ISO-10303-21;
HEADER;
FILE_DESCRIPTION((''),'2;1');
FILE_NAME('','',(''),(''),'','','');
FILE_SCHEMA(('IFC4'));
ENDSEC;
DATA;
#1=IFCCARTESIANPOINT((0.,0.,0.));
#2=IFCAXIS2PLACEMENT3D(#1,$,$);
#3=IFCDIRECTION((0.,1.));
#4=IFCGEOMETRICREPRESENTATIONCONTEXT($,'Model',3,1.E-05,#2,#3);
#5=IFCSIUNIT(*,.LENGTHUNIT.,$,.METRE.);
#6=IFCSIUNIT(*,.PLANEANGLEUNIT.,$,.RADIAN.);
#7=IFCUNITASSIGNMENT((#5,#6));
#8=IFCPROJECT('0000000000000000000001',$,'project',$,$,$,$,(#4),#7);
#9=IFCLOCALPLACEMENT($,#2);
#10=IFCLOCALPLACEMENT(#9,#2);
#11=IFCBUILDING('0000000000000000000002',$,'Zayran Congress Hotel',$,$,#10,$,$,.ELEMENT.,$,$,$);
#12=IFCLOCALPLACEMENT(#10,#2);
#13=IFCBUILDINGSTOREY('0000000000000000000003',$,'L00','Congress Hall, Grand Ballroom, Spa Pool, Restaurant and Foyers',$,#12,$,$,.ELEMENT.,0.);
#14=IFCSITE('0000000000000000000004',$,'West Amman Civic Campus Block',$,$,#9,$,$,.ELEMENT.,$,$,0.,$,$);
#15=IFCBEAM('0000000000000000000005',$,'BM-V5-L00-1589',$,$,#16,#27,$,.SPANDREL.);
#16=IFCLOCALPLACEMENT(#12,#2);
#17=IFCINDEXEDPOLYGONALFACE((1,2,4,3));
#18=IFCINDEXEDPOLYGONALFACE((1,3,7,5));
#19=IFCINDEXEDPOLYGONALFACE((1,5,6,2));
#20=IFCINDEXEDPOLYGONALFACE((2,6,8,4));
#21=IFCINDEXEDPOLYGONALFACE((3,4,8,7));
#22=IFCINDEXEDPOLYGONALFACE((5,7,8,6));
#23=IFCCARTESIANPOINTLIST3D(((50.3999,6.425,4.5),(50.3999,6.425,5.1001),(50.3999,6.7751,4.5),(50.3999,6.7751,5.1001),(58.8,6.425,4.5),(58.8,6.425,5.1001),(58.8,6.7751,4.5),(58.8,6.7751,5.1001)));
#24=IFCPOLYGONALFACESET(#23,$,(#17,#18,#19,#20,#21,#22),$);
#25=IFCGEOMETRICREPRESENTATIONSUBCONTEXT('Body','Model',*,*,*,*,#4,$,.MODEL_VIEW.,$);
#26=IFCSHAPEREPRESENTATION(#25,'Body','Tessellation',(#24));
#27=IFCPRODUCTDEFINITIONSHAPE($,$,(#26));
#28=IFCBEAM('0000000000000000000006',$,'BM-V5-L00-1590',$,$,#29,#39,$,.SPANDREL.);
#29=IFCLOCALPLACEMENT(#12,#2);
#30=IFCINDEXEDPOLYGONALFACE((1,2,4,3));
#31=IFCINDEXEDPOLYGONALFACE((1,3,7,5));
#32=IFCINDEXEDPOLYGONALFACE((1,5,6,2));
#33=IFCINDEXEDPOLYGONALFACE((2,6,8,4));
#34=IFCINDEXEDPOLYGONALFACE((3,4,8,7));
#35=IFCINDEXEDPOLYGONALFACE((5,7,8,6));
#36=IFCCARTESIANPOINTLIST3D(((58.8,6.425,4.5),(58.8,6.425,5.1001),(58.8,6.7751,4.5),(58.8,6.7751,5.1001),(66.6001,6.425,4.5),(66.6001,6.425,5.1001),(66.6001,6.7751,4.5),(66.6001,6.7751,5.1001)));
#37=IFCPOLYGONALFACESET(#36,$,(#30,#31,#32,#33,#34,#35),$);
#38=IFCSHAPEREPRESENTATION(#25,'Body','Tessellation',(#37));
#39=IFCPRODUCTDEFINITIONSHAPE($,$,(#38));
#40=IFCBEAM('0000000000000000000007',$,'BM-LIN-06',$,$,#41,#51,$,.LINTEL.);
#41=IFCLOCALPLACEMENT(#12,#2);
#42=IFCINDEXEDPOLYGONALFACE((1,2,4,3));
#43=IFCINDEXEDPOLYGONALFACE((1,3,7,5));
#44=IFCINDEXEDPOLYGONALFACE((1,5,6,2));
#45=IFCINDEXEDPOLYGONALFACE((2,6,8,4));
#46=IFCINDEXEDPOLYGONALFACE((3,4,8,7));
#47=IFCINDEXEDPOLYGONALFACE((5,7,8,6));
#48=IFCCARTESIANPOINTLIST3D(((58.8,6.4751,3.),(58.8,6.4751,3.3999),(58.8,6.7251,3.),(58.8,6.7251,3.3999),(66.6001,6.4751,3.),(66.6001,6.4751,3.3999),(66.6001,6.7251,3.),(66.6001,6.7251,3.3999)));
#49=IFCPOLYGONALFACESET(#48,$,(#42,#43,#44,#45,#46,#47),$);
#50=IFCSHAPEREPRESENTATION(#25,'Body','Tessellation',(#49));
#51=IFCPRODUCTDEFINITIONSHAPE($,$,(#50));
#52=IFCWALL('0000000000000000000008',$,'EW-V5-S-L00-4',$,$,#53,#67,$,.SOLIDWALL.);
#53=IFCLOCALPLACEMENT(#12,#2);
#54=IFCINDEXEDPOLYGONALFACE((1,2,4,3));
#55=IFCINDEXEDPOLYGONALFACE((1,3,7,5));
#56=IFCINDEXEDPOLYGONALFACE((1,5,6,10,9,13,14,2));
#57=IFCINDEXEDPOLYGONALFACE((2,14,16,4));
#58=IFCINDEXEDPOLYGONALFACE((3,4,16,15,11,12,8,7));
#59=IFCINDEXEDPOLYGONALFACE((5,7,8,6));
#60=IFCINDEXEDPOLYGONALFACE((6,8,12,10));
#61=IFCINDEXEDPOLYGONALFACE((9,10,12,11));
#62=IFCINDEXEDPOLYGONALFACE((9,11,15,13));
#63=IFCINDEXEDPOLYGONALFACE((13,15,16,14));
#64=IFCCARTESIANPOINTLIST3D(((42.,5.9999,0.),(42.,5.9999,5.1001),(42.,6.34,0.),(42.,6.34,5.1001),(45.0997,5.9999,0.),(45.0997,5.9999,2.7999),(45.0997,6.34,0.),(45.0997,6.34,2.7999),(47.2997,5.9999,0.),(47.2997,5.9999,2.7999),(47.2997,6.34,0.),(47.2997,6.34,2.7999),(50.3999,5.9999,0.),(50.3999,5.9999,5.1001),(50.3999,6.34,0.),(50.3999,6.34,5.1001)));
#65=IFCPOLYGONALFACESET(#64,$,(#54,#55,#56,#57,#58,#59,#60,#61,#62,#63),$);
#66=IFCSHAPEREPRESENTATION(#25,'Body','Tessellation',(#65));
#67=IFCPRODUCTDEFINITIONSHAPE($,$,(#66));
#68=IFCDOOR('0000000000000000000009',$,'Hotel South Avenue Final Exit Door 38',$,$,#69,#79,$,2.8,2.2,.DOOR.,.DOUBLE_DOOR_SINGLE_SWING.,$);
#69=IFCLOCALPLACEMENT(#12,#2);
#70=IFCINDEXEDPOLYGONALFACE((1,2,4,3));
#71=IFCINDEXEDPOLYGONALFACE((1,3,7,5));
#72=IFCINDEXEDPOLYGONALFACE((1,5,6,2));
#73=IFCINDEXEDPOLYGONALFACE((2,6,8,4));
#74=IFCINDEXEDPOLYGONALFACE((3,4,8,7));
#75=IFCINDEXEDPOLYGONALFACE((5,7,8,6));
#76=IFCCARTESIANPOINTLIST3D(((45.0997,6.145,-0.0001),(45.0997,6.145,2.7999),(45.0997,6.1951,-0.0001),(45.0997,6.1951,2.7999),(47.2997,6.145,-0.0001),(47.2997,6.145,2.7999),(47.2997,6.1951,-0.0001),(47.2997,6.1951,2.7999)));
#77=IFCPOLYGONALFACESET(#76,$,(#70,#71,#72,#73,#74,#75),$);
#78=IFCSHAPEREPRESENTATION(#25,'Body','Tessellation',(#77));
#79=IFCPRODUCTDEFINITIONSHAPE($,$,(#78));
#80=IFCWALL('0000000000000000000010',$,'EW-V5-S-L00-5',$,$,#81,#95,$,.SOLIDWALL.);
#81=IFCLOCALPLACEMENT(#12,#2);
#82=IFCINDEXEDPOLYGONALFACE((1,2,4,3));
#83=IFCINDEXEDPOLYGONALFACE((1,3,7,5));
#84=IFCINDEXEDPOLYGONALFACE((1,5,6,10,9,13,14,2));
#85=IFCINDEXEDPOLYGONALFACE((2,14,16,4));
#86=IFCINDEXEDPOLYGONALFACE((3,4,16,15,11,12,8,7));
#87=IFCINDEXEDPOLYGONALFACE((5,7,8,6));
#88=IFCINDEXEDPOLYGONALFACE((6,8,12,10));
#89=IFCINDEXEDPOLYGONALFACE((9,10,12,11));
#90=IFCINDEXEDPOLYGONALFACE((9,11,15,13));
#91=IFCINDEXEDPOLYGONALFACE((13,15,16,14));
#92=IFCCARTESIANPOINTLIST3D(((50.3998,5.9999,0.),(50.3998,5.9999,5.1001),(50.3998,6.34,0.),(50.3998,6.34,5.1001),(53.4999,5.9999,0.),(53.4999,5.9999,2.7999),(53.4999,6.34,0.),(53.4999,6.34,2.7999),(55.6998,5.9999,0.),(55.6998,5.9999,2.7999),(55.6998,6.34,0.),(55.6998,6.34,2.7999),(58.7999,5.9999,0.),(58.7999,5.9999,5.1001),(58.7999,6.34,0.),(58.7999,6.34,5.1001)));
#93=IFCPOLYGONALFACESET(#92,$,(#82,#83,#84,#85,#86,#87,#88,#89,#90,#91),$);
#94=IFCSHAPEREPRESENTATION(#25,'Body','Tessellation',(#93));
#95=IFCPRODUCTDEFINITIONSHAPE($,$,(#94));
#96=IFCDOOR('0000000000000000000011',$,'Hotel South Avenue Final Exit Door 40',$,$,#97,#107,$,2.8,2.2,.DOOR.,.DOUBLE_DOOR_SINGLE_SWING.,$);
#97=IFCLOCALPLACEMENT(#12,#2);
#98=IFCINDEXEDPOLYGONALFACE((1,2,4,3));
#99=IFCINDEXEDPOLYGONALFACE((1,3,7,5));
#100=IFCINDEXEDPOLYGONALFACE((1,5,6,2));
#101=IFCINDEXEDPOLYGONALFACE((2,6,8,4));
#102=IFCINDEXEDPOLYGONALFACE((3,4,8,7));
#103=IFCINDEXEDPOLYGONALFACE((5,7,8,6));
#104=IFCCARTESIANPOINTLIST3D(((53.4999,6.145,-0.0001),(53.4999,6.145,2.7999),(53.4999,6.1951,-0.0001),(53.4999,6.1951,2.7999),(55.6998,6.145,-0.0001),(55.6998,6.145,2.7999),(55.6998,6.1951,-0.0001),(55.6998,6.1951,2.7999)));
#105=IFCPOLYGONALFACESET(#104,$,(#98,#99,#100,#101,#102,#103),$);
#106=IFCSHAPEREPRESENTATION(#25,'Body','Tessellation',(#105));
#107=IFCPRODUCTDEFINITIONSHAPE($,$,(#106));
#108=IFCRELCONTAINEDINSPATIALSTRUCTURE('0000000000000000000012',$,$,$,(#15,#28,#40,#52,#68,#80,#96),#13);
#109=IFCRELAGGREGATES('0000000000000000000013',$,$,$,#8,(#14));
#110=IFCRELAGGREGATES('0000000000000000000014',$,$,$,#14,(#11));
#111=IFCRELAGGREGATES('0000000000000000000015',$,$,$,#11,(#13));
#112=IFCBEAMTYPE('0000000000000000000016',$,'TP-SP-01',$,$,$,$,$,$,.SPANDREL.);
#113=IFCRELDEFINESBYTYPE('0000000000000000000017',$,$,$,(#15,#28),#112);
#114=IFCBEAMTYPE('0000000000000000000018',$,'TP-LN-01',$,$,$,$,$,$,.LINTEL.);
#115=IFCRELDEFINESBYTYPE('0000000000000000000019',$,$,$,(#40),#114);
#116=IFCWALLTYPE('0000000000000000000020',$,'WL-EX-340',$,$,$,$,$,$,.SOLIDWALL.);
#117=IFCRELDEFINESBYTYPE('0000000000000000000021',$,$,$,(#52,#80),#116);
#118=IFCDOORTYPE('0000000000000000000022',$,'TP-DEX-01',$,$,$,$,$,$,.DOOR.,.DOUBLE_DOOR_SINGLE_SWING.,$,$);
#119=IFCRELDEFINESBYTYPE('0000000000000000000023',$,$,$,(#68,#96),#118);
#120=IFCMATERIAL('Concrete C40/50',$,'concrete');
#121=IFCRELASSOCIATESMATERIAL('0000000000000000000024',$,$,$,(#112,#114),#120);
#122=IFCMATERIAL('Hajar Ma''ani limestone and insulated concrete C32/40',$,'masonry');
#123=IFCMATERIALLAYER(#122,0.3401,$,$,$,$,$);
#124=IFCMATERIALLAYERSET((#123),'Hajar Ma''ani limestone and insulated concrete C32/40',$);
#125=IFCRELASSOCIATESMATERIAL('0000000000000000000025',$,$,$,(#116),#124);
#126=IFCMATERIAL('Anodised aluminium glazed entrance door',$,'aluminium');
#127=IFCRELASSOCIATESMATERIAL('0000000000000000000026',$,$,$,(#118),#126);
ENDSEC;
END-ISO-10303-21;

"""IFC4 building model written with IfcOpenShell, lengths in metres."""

from ifc_helpers import new_model, si_unit, direction, frame, frame_2d, origin, origin_2d, place, context, subcontext, project, spatial, rectangle, extrude, material, layer, layer_set, material_profile, profile_set, type_object, element, fill, save


model = new_model("IFC4")

# Units and contexts
model_context = context("Model", 3, precision=1e-05, world=origin(), true_north=direction((0.0, 1.0)))
body_context = subcontext(model_context, "Body", "Model", "MODEL_VIEW")
ifc_project = project(units=[si_unit("LENGTHUNIT", "METRE"), si_unit("PLANEANGLEUNIT", "RADIAN")], contexts=[model_context])

# Site, building, storey
site_placement = place(None, origin())
site = spatial("IfcSite", under=ifc_project, at=site_placement, Name="West Amman Civic Campus Block", CompositionType="ELEMENT", RefElevation=0.0)
building_placement = place(site_placement, origin())
building = spatial("IfcBuilding", under=site, at=building_placement, Name="Zayran Congress Hotel", CompositionType="ELEMENT")
storey_placement = place(building_placement, origin())
storey = spatial("IfcBuildingStorey", under=building, at=storey_placement, Name="L00", Description="Congress Hall, Grand Ballroom, Spa Pool, Restaurant and Foyers", CompositionType="ELEMENT", Elevation=0.0)

# Shared definitions
ifc_material_1 = material(Name="Concrete C40/50", Category="concrete")

# Beams
ifc_material_profile_1 = material_profile(ifc_material_1, rectangle(XDim=0.3501, YDim=0.6001, at=origin_2d()), Name="RC 350x600")
ifc_profile_set_1 = profile_set([ifc_material_profile_1], Name="Concrete C40/50")
beam_type_1 = type_object("IfcBeamType", Name="TP-SP-01", PredefinedType="SPANDREL", material=ifc_profile_set_1)
beam_1_placement = place(storey_placement, frame((50.3999, 6.6001, 4.8), z_axis=(1.0, 0.0, 0.0), x_axis=(0.0, 1.0, 0.0)))
element("IfcBeam", 1, at=beam_1_placement, inside=storey, type_object=beam_type_1, Name="BM-V5-L00-1589", PredefinedType="SPANDREL", context=body_context, shape_type="SweptSolid", body=[
    extrude(rectangle(XDim=0.3501, YDim=0.6001, at=origin_2d()), origin(), (0.0, 0.0, 1.0), 8.4001),
])
beam_2_placement = place(storey_placement, frame((58.8, 6.6001, 4.8), z_axis=(1.0, 0.0, 0.0), x_axis=(0.0, 1.0, 0.0)))
element("IfcBeam", 2, at=beam_2_placement, inside=storey, type_object=beam_type_1, Name="BM-V5-L00-1590", PredefinedType="SPANDREL", context=body_context, shape_type="SweptSolid", body=[
    extrude(rectangle(XDim=0.3501, YDim=0.6001, at=origin_2d()), origin(), (0.0, 0.0, 1.0), 7.8),
])
ifc_material_profile_2 = material_profile(ifc_material_1, rectangle(XDim=0.25, YDim=0.3999, at=origin_2d()), Name="RC 250x400")
ifc_profile_set_2 = profile_set([ifc_material_profile_2], Name="Concrete C40/50")
beam_type_2 = type_object("IfcBeamType", Name="TP-LN-01", PredefinedType="LINTEL", material=ifc_profile_set_2)
beam_3_placement = place(storey_placement, frame((58.8, 6.6001, 3.2), z_axis=(1.0, 0.0, 0.0), x_axis=(0.0, 1.0, 0.0)))
element("IfcBeam", 3, at=beam_3_placement, inside=storey, type_object=beam_type_2, Name="BM-LIN-06", PredefinedType="LINTEL", context=body_context, shape_type="SweptSolid", body=[
    extrude(rectangle(XDim=0.25, YDim=0.3999, at=origin_2d()), origin(), (0.0, 0.0, 1.0), 7.8),
])

# Walls, openings, doors
ifc_material_2 = material(Name="Hajar Ma'ani limestone and insulated concrete C32/40", Category="masonry")
ifc_layer_1 = layer(ifc_material_2, 0.3401)
ifc_layer_set_1 = layer_set([ifc_layer_1], Name="Hajar Ma'ani limestone and insulated concrete C32/40")
wall_type_1 = type_object("IfcWallType", Name="WL-EX-340", PredefinedType="SOLIDWALL", material=ifc_layer_set_1)
wall_1_placement = place(storey_placement, frame((50.3999, 6.1699, 0.0), z_axis=(0.0, 0.0, 1.0), x_axis=(-1.0, 0.0, 0.0)))
wall_1 = element("IfcWall", 4, at=wall_1_placement, inside=storey, type_object=wall_type_1, Name="EW-V5-S-L00-4", PredefinedType="SOLIDWALL", context=body_context, shape_type="SweptSolid", body=[
    extrude(rectangle(XDim=8.3999, YDim=0.3401, at=frame_2d((4.2, 0.0))), origin(), (0.0, 0.0, 1.0), 5.1001),
])
opening_1_placement = place(wall_1_placement, frame((3.1001, 0.0, 0.0)))
opening_1 = element("IfcOpeningElement", 5, at=opening_1_placement, cuts=wall_1, PredefinedType="OPENING", context=body_context, shape_type="SweptSolid", body=[
    extrude(rectangle(XDim=2.2, YDim=2.8, at=frame_2d((1.1001, 1.3999))), frame((0.0, 0.1799, 0.0), z_axis=(0.0, -1.0, 0.0), x_axis=(1.0, 0.0, 0.0)), (0.0, 0.0, 1.0), 0.3601),
])
ifc_material_3 = material(Name="Anodised aluminium glazed entrance door", Category="aluminium")
door_type_1 = type_object("IfcDoorType", Name="TP-DEX-01", OperationType="DOUBLE_DOOR_SINGLE_SWING", PredefinedType="DOOR", material=ifc_material_3)
door_1_placement = place(opening_1_placement, origin())
door_1 = element("IfcDoor", 6, at=door_1_placement, inside=storey, type_object=door_type_1, Name="Hotel South Avenue Final Exit Door 38", OperationType="DOUBLE_DOOR_SINGLE_SWING", OverallHeight=2.8, OverallWidth=2.2, PredefinedType="DOOR", context=body_context, shape_type="SweptSolid", body=[
    extrude(rectangle(XDim=2.2, YDim=2.8, at=frame_2d((1.1001, 1.3999))), frame((0.0, 0.0249, 0.0), z_axis=(0.0, -1.0, 0.0), x_axis=(1.0, 0.0, 0.0)), (0.0, 0.0, 1.0), 0.05),
])
fill(opening_1, door_1)
wall_2_placement = place(storey_placement, frame((58.8, 6.1699, 0.0), z_axis=(0.0, 0.0, 1.0), x_axis=(-1.0, 0.0, 0.0)))
wall_2 = element("IfcWall", 7, at=wall_2_placement, inside=storey, type_object=wall_type_1, Name="EW-V5-S-L00-5", PredefinedType="SOLIDWALL", context=body_context, shape_type="SweptSolid", body=[
    extrude(rectangle(XDim=8.4001, YDim=0.3401, at=frame_2d((4.2002, 0.0))), origin(), (0.0, 0.0, 1.0), 5.1001),
])
opening_2_placement = place(wall_2_placement, frame((3.1001, 0.0, 0.0)))
opening_2 = element("IfcOpeningElement", 8, at=opening_2_placement, cuts=wall_2, PredefinedType="OPENING", context=body_context, shape_type="SweptSolid", body=[
    extrude(rectangle(XDim=2.2, YDim=2.8, at=frame_2d((1.1001, 1.3999))), frame((0.0, 0.1799, 0.0), z_axis=(0.0, -1.0, 0.0), x_axis=(1.0, 0.0, 0.0)), (0.0, 0.0, 1.0), 0.3601),
])
door_2_placement = place(opening_2_placement, origin())
door_2 = element("IfcDoor", 9, at=door_2_placement, inside=storey, type_object=door_type_1, Name="Hotel South Avenue Final Exit Door 40", OperationType="DOUBLE_DOOR_SINGLE_SWING", OverallHeight=2.8, OverallWidth=2.2, PredefinedType="DOOR", context=body_context, shape_type="SweptSolid", body=[
    extrude(rectangle(XDim=2.2, YDim=2.8, at=frame_2d((1.1001, 1.3999))), frame((0.0, 0.0249, 0.0), z_axis=(0.0, -1.0, 0.0), x_axis=(1.0, 0.0, 0.0)), (0.0, 0.0, 1.0), 0.05),
])
fill(opening_2, door_2)

save(model, "model.ifc")
